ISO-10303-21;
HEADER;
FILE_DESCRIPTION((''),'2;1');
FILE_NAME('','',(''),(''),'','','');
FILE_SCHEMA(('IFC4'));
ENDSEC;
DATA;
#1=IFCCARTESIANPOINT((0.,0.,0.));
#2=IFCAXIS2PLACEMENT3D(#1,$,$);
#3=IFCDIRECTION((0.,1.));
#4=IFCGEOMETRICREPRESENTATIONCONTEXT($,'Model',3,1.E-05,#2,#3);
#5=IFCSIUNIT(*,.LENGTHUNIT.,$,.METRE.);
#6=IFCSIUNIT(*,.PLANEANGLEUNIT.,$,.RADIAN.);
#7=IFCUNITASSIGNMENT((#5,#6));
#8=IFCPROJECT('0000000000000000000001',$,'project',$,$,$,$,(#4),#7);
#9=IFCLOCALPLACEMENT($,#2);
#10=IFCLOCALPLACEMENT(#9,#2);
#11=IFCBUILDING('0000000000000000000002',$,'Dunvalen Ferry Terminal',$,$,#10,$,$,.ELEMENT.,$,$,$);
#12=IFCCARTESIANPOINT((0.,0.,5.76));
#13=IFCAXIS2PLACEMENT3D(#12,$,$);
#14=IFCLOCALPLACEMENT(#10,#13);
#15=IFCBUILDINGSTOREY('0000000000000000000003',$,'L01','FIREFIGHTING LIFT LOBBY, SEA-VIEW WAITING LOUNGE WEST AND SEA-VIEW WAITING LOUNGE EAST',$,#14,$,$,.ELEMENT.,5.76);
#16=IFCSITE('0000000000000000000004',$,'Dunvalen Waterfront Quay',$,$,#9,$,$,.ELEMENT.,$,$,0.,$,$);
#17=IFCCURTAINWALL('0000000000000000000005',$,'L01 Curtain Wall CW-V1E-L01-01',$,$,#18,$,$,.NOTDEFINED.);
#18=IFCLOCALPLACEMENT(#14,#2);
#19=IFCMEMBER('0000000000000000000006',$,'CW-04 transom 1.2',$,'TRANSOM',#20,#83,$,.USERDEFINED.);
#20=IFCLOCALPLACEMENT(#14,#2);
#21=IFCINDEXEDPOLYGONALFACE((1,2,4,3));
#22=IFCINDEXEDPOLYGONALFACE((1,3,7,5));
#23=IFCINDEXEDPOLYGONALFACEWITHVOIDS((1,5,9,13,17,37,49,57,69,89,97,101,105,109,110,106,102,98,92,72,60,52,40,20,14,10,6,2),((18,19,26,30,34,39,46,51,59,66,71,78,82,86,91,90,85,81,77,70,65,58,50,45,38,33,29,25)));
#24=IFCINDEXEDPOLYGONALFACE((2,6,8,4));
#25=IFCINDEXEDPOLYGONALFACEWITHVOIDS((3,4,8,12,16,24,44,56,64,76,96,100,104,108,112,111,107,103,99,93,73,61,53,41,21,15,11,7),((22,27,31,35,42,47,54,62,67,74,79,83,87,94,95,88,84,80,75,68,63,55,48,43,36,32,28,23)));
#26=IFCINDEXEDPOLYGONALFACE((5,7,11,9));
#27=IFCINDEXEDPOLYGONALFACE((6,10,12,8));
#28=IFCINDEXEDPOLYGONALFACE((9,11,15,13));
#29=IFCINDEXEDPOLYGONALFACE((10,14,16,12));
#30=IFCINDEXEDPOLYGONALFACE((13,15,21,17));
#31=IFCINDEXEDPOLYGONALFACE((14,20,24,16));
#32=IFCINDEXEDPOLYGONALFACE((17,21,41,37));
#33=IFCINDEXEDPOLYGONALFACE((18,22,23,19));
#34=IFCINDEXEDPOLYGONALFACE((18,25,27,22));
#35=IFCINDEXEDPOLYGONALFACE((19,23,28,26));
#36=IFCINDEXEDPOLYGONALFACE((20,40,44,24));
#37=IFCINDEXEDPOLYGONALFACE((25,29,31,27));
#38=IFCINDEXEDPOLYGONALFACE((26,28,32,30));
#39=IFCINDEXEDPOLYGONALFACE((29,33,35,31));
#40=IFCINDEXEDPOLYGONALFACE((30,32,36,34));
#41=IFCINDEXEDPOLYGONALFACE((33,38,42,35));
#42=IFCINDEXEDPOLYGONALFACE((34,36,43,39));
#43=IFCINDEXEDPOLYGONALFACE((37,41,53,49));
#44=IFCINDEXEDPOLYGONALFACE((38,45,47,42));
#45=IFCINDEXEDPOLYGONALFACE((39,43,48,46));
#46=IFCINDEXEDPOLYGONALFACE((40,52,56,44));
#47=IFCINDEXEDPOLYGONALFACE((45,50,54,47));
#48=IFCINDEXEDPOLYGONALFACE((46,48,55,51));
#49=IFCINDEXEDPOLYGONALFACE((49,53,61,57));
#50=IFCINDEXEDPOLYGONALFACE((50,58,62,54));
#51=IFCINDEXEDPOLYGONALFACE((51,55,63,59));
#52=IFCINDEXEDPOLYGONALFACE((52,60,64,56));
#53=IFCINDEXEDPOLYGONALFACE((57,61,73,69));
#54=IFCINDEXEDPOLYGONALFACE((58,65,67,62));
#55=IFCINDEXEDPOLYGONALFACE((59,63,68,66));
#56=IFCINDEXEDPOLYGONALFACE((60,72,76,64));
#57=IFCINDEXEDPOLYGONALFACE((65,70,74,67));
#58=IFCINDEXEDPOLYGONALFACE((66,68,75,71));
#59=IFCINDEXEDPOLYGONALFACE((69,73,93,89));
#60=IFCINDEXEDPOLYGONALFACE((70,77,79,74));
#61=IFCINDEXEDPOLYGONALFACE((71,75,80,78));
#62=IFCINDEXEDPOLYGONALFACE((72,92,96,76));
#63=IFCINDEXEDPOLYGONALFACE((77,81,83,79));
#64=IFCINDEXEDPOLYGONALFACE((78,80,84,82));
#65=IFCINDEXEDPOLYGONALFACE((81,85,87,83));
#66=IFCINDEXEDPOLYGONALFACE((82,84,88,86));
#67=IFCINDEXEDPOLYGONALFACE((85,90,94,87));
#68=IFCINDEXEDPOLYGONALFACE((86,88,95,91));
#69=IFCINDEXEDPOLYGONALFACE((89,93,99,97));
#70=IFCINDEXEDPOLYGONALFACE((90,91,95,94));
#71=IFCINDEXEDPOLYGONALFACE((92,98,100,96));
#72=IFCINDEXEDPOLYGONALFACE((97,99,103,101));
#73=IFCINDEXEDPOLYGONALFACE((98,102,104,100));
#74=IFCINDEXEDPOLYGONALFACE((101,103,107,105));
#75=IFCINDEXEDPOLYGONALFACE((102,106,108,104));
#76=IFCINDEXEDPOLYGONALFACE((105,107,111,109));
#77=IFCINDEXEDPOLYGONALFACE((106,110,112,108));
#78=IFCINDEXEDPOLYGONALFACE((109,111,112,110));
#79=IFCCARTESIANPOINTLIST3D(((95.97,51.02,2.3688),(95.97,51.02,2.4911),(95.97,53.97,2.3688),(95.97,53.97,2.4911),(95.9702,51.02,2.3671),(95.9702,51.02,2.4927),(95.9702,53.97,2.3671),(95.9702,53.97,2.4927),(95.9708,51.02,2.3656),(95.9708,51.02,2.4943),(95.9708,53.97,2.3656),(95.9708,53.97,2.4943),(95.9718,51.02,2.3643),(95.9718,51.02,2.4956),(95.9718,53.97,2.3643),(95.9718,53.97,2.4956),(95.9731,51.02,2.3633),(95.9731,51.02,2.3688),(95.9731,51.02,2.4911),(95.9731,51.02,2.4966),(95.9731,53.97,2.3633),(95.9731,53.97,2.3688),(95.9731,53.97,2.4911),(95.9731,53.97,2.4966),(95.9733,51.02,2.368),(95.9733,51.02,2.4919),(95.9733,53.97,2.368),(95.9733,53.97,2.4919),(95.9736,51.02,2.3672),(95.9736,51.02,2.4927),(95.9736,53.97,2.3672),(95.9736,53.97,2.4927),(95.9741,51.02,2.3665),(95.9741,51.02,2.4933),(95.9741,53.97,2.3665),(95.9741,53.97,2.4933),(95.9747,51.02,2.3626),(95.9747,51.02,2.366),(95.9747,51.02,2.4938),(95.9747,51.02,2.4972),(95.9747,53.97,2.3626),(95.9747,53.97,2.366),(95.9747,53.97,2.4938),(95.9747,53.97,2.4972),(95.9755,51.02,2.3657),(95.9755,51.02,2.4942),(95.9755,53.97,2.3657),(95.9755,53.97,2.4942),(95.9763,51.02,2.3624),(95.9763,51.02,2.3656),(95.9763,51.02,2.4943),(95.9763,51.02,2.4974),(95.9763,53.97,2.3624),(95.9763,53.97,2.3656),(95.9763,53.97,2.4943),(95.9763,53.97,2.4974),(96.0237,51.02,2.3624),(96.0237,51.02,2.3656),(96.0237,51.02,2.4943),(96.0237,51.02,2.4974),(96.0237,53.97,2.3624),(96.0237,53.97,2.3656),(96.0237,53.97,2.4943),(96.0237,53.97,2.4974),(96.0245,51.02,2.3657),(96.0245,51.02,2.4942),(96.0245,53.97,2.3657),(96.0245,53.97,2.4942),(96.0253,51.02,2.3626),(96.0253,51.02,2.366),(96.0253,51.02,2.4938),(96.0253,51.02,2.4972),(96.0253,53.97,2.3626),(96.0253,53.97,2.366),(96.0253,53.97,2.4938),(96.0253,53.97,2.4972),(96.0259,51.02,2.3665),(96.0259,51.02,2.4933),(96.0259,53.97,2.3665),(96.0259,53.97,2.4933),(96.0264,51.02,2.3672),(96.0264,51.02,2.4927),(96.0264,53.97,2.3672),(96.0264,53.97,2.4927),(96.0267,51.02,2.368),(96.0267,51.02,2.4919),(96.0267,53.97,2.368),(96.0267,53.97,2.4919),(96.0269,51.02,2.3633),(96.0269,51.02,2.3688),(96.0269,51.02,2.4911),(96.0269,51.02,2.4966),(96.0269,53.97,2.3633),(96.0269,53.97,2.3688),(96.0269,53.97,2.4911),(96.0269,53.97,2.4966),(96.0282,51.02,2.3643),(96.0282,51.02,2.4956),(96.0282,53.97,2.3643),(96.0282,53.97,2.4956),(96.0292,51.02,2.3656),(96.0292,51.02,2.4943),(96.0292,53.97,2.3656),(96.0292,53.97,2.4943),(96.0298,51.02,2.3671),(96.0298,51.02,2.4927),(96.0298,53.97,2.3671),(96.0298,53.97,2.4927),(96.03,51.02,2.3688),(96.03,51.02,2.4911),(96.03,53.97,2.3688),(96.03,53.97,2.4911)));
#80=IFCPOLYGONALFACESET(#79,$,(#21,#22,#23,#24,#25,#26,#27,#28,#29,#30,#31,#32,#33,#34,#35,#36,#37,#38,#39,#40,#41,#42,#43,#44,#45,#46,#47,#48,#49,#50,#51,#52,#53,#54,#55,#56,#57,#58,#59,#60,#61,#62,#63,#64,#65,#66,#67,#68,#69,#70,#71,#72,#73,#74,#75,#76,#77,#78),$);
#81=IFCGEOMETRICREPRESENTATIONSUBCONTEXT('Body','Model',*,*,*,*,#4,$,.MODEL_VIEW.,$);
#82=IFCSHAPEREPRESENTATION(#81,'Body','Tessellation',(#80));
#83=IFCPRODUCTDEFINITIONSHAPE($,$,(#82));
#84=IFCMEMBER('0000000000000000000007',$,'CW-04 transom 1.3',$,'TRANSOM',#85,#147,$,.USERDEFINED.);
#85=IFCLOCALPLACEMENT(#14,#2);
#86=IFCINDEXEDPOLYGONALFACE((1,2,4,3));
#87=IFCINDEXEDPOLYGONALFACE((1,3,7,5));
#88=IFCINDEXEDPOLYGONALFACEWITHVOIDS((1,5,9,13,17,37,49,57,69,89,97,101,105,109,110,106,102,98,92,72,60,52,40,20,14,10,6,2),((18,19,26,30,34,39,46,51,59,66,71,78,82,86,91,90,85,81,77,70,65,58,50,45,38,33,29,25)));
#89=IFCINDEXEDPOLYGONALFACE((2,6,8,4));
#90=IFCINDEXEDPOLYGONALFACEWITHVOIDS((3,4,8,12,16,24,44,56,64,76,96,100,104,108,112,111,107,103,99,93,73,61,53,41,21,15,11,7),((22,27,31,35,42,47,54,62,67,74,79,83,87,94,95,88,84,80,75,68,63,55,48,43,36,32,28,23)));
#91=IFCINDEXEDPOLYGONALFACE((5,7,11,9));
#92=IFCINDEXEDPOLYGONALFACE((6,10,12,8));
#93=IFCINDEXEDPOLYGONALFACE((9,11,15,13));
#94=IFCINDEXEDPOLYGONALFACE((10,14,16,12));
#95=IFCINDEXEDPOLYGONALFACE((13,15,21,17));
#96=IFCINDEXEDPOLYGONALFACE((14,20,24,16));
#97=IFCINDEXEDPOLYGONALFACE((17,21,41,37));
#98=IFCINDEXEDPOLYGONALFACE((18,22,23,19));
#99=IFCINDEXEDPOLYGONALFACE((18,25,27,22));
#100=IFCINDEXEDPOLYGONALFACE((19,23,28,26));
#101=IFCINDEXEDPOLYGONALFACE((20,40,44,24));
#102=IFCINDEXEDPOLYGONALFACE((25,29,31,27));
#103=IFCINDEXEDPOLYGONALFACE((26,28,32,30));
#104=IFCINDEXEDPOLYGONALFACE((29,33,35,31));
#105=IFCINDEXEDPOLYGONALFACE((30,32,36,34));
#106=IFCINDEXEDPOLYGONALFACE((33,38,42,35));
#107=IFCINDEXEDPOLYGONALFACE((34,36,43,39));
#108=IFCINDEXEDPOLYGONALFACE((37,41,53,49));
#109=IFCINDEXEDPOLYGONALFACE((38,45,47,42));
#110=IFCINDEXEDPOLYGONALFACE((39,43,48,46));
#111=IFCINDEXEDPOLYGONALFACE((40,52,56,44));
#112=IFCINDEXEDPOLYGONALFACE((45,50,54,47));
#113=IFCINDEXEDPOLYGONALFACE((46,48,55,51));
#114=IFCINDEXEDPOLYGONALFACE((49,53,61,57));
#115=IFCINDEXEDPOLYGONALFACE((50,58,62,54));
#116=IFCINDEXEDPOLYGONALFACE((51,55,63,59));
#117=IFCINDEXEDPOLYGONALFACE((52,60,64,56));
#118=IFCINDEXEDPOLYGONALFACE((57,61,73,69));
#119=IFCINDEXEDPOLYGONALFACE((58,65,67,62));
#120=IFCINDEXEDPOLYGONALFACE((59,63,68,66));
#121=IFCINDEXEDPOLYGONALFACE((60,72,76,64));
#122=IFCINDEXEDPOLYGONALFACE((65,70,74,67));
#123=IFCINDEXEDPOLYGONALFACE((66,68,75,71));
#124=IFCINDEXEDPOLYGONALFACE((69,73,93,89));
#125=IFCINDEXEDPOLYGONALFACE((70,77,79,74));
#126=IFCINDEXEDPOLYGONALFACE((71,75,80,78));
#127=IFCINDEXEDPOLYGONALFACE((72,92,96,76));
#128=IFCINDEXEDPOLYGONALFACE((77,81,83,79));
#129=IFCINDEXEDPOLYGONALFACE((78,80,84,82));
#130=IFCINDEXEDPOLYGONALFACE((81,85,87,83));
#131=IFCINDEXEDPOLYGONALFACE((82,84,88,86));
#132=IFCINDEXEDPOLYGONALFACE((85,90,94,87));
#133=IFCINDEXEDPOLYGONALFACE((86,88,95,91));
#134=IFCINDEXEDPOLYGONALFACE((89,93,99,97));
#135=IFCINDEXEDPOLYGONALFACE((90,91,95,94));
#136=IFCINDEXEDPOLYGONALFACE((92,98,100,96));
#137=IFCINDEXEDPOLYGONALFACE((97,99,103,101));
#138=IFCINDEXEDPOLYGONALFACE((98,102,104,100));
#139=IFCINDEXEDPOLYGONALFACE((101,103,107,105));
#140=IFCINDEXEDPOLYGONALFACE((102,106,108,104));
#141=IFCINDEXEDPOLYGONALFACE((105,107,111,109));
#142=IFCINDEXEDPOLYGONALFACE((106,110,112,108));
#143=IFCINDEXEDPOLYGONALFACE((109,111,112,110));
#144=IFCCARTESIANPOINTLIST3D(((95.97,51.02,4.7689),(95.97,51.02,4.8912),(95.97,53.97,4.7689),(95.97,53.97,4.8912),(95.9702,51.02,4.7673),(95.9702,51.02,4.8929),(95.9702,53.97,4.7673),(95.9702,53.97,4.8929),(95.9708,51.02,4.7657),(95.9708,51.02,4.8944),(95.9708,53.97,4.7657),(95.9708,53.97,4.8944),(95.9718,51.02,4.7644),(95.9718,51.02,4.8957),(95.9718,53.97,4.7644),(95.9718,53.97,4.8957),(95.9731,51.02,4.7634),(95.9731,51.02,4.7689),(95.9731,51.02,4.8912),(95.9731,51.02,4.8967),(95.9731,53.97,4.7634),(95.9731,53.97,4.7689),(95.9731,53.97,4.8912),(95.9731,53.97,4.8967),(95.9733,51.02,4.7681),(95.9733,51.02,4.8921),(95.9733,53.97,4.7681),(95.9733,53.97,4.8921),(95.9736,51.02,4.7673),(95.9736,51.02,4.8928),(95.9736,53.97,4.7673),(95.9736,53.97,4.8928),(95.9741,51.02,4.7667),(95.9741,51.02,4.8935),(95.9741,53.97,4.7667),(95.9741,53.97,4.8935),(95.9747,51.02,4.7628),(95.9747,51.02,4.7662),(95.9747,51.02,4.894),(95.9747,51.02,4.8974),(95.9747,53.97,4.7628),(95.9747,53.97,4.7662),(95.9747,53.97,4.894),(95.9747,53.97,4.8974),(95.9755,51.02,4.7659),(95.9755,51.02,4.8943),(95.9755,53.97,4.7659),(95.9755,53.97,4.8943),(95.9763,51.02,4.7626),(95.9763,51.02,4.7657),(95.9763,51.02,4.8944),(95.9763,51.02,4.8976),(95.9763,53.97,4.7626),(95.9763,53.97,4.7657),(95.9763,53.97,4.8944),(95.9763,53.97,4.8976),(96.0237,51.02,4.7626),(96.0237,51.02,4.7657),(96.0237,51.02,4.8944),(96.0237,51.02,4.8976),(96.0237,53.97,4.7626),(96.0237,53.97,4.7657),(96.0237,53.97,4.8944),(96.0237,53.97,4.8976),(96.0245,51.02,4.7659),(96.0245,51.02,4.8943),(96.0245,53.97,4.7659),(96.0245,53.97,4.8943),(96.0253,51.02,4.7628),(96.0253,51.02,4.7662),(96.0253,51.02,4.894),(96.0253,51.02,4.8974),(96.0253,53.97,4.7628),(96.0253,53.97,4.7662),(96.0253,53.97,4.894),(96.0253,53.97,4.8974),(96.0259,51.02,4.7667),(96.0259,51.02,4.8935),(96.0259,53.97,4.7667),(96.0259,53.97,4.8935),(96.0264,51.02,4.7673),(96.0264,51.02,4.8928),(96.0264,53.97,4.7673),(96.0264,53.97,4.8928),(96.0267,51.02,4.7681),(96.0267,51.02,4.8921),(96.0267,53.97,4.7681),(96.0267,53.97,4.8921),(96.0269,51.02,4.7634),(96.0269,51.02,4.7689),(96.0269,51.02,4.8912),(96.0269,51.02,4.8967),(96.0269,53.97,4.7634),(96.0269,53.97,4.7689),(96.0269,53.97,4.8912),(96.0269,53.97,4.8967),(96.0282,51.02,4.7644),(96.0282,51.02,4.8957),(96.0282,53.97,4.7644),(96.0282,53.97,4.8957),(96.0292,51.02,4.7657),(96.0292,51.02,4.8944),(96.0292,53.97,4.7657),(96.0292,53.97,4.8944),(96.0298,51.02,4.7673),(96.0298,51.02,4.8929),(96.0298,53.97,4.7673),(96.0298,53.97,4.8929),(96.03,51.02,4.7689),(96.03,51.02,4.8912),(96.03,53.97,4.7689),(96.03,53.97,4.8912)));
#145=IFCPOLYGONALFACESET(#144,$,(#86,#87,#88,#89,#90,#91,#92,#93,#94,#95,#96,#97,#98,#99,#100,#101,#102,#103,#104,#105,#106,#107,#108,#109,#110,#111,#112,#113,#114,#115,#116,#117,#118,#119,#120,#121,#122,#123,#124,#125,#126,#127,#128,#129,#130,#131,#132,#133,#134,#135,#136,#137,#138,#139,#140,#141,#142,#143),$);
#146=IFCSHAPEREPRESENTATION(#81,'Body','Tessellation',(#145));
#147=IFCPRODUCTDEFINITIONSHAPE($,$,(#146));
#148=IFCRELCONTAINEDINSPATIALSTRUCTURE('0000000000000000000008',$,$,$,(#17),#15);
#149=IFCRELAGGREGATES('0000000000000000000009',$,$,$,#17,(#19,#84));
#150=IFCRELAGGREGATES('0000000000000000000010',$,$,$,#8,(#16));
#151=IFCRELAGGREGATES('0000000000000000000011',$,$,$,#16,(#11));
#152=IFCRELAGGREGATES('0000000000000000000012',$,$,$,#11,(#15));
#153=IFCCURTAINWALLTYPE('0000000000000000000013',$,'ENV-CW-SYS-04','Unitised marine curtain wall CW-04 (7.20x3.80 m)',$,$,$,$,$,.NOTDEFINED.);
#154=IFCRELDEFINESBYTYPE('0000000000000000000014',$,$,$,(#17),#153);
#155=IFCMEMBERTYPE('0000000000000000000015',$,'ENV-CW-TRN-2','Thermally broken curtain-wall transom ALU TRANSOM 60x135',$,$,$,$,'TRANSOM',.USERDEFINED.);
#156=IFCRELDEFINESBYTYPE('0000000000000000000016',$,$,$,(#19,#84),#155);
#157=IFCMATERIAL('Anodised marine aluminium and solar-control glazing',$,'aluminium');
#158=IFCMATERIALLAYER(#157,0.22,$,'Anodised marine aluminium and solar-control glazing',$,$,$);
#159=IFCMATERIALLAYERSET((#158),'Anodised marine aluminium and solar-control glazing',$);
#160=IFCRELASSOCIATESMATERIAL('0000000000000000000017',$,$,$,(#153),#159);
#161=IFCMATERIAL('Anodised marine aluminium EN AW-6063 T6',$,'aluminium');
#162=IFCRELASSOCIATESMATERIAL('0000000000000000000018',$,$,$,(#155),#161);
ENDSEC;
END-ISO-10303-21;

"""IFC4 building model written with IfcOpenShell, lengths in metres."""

from ifc_helpers import new_model, si_unit, direction, frame, origin, origin_2d, place, context, subcontext, project, spatial, hollow_rectangle, extrude, material, layer, layer_set, material_profile, profile_set, type_object, element, aggregate, save


model = new_model("IFC4")

# Units and contexts
model_context = context("Model", 3, precision=1e-05, world=origin(), true_north=direction((0.0, 1.0)))
body_context = subcontext(model_context, "Body", "Model", "MODEL_VIEW")
ifc_project = project(units=[si_unit("LENGTHUNIT", "METRE"), si_unit("PLANEANGLEUNIT", "RADIAN")], contexts=[model_context])

# Site, building, storey
site_placement = place(None, origin())
site = spatial("IfcSite", under=ifc_project, at=site_placement, Name="Dunvalen Waterfront Quay", CompositionType="ELEMENT", RefElevation=0.0)
building_placement = place(site_placement, origin())
building = spatial("IfcBuilding", under=site, at=building_placement, Name="Dunvalen Ferry Terminal", CompositionType="ELEMENT")
storey_placement = place(building_placement, frame((0.0, 0.0, 5.76)))
storey = spatial("IfcBuildingStorey", under=building, at=storey_placement, Name="L01", Description="FIREFIGHTING LIFT LOBBY, SEA-VIEW WAITING LOUNGE WEST AND SEA-VIEW WAITING LOUNGE EAST", CompositionType="ELEMENT", Elevation=5.76)

# Curtain wall
ifc_material_1 = material(Name="Anodised marine aluminium and solar-control glazing", Category="aluminium")
ifc_material_2 = material(Name="Anodised marine aluminium EN AW-6063 T6", Category="aluminium")
ifc_layer_1 = layer(ifc_material_1, 0.22, Name="Anodised marine aluminium and solar-control glazing")
ifc_layer_set_1 = layer_set([ifc_layer_1], Name="Anodised marine aluminium and solar-control glazing")
curtain_wall_type_1 = type_object("IfcCurtainWallType", Name="ENV-CW-SYS-04", Description="Unitised marine curtain wall CW-04 (7.20x3.80 m)", PredefinedType="NOTDEFINED", material=ifc_layer_set_1)
curtain_wall_1_placement = place(storey_placement, origin())
curtain_wall_1 = element("IfcCurtainWall", 1, at=curtain_wall_1_placement, inside=storey, type_object=curtain_wall_type_1, Name="L01 Curtain Wall CW-V1E-L01-01", PredefinedType="NOTDEFINED")

# Members
ifc_material_profile_1 = material_profile(ifc_material_2, hollow_rectangle(XDim=0.0601, YDim=0.135, WallThickness=0.0032, InnerFilletRadius=0.0032, OuterFilletRadius=0.0063, at=origin_2d()), Name="Anodised marine aluminium EN AW-6063 T6")
ifc_profile_set_1 = profile_set([ifc_material_profile_1], Name="Anodised marine aluminium EN AW-6063 T6")
member_type_1 = type_object("IfcMemberType", Name="ENV-CW-TRN-2", Description="Thermally broken curtain-wall transom ALU TRANSOM 60x135", ElementType="TRANSOM", PredefinedType="USERDEFINED", material=ifc_profile_set_1)
member_1_placement = place(storey_placement, frame((96.0, 51.02, 2.4299), z_axis=(0.0, 1.0, 0.0), x_axis=(-1.0, 0.0, 0.0)))
member_1 = element("IfcMember", 2, at=member_1_placement, type_object=member_type_1, Name="CW-04 transom 1.2", ObjectType="TRANSOM", PredefinedType="USERDEFINED", context=body_context, shape_type="SweptSolid", body=[
    extrude(hollow_rectangle(XDim=0.0601, YDim=0.135, WallThickness=0.0032, InnerFilletRadius=0.0032, OuterFilletRadius=0.0063, at=origin_2d()), origin(), (0.0, 0.0, 1.0), 2.95),
])
member_2_placement = place(storey_placement, frame((96.0, 51.02, 4.8301), z_axis=(0.0, 1.0, 0.0), x_axis=(-1.0, 0.0, 0.0)))
member_2 = element("IfcMember", 3, at=member_2_placement, type_object=member_type_1, Name="CW-04 transom 1.3", ObjectType="TRANSOM", PredefinedType="USERDEFINED", context=body_context, shape_type="SweptSolid", body=[
    extrude(hollow_rectangle(XDim=0.0601, YDim=0.135, WallThickness=0.0032, InnerFilletRadius=0.0032, OuterFilletRadius=0.0063, at=origin_2d()), origin(), (0.0, 0.0, 1.0), 2.95),
])

aggregate(curtain_wall_1, [member_1, member_2])

save(model, "model.ifc")
